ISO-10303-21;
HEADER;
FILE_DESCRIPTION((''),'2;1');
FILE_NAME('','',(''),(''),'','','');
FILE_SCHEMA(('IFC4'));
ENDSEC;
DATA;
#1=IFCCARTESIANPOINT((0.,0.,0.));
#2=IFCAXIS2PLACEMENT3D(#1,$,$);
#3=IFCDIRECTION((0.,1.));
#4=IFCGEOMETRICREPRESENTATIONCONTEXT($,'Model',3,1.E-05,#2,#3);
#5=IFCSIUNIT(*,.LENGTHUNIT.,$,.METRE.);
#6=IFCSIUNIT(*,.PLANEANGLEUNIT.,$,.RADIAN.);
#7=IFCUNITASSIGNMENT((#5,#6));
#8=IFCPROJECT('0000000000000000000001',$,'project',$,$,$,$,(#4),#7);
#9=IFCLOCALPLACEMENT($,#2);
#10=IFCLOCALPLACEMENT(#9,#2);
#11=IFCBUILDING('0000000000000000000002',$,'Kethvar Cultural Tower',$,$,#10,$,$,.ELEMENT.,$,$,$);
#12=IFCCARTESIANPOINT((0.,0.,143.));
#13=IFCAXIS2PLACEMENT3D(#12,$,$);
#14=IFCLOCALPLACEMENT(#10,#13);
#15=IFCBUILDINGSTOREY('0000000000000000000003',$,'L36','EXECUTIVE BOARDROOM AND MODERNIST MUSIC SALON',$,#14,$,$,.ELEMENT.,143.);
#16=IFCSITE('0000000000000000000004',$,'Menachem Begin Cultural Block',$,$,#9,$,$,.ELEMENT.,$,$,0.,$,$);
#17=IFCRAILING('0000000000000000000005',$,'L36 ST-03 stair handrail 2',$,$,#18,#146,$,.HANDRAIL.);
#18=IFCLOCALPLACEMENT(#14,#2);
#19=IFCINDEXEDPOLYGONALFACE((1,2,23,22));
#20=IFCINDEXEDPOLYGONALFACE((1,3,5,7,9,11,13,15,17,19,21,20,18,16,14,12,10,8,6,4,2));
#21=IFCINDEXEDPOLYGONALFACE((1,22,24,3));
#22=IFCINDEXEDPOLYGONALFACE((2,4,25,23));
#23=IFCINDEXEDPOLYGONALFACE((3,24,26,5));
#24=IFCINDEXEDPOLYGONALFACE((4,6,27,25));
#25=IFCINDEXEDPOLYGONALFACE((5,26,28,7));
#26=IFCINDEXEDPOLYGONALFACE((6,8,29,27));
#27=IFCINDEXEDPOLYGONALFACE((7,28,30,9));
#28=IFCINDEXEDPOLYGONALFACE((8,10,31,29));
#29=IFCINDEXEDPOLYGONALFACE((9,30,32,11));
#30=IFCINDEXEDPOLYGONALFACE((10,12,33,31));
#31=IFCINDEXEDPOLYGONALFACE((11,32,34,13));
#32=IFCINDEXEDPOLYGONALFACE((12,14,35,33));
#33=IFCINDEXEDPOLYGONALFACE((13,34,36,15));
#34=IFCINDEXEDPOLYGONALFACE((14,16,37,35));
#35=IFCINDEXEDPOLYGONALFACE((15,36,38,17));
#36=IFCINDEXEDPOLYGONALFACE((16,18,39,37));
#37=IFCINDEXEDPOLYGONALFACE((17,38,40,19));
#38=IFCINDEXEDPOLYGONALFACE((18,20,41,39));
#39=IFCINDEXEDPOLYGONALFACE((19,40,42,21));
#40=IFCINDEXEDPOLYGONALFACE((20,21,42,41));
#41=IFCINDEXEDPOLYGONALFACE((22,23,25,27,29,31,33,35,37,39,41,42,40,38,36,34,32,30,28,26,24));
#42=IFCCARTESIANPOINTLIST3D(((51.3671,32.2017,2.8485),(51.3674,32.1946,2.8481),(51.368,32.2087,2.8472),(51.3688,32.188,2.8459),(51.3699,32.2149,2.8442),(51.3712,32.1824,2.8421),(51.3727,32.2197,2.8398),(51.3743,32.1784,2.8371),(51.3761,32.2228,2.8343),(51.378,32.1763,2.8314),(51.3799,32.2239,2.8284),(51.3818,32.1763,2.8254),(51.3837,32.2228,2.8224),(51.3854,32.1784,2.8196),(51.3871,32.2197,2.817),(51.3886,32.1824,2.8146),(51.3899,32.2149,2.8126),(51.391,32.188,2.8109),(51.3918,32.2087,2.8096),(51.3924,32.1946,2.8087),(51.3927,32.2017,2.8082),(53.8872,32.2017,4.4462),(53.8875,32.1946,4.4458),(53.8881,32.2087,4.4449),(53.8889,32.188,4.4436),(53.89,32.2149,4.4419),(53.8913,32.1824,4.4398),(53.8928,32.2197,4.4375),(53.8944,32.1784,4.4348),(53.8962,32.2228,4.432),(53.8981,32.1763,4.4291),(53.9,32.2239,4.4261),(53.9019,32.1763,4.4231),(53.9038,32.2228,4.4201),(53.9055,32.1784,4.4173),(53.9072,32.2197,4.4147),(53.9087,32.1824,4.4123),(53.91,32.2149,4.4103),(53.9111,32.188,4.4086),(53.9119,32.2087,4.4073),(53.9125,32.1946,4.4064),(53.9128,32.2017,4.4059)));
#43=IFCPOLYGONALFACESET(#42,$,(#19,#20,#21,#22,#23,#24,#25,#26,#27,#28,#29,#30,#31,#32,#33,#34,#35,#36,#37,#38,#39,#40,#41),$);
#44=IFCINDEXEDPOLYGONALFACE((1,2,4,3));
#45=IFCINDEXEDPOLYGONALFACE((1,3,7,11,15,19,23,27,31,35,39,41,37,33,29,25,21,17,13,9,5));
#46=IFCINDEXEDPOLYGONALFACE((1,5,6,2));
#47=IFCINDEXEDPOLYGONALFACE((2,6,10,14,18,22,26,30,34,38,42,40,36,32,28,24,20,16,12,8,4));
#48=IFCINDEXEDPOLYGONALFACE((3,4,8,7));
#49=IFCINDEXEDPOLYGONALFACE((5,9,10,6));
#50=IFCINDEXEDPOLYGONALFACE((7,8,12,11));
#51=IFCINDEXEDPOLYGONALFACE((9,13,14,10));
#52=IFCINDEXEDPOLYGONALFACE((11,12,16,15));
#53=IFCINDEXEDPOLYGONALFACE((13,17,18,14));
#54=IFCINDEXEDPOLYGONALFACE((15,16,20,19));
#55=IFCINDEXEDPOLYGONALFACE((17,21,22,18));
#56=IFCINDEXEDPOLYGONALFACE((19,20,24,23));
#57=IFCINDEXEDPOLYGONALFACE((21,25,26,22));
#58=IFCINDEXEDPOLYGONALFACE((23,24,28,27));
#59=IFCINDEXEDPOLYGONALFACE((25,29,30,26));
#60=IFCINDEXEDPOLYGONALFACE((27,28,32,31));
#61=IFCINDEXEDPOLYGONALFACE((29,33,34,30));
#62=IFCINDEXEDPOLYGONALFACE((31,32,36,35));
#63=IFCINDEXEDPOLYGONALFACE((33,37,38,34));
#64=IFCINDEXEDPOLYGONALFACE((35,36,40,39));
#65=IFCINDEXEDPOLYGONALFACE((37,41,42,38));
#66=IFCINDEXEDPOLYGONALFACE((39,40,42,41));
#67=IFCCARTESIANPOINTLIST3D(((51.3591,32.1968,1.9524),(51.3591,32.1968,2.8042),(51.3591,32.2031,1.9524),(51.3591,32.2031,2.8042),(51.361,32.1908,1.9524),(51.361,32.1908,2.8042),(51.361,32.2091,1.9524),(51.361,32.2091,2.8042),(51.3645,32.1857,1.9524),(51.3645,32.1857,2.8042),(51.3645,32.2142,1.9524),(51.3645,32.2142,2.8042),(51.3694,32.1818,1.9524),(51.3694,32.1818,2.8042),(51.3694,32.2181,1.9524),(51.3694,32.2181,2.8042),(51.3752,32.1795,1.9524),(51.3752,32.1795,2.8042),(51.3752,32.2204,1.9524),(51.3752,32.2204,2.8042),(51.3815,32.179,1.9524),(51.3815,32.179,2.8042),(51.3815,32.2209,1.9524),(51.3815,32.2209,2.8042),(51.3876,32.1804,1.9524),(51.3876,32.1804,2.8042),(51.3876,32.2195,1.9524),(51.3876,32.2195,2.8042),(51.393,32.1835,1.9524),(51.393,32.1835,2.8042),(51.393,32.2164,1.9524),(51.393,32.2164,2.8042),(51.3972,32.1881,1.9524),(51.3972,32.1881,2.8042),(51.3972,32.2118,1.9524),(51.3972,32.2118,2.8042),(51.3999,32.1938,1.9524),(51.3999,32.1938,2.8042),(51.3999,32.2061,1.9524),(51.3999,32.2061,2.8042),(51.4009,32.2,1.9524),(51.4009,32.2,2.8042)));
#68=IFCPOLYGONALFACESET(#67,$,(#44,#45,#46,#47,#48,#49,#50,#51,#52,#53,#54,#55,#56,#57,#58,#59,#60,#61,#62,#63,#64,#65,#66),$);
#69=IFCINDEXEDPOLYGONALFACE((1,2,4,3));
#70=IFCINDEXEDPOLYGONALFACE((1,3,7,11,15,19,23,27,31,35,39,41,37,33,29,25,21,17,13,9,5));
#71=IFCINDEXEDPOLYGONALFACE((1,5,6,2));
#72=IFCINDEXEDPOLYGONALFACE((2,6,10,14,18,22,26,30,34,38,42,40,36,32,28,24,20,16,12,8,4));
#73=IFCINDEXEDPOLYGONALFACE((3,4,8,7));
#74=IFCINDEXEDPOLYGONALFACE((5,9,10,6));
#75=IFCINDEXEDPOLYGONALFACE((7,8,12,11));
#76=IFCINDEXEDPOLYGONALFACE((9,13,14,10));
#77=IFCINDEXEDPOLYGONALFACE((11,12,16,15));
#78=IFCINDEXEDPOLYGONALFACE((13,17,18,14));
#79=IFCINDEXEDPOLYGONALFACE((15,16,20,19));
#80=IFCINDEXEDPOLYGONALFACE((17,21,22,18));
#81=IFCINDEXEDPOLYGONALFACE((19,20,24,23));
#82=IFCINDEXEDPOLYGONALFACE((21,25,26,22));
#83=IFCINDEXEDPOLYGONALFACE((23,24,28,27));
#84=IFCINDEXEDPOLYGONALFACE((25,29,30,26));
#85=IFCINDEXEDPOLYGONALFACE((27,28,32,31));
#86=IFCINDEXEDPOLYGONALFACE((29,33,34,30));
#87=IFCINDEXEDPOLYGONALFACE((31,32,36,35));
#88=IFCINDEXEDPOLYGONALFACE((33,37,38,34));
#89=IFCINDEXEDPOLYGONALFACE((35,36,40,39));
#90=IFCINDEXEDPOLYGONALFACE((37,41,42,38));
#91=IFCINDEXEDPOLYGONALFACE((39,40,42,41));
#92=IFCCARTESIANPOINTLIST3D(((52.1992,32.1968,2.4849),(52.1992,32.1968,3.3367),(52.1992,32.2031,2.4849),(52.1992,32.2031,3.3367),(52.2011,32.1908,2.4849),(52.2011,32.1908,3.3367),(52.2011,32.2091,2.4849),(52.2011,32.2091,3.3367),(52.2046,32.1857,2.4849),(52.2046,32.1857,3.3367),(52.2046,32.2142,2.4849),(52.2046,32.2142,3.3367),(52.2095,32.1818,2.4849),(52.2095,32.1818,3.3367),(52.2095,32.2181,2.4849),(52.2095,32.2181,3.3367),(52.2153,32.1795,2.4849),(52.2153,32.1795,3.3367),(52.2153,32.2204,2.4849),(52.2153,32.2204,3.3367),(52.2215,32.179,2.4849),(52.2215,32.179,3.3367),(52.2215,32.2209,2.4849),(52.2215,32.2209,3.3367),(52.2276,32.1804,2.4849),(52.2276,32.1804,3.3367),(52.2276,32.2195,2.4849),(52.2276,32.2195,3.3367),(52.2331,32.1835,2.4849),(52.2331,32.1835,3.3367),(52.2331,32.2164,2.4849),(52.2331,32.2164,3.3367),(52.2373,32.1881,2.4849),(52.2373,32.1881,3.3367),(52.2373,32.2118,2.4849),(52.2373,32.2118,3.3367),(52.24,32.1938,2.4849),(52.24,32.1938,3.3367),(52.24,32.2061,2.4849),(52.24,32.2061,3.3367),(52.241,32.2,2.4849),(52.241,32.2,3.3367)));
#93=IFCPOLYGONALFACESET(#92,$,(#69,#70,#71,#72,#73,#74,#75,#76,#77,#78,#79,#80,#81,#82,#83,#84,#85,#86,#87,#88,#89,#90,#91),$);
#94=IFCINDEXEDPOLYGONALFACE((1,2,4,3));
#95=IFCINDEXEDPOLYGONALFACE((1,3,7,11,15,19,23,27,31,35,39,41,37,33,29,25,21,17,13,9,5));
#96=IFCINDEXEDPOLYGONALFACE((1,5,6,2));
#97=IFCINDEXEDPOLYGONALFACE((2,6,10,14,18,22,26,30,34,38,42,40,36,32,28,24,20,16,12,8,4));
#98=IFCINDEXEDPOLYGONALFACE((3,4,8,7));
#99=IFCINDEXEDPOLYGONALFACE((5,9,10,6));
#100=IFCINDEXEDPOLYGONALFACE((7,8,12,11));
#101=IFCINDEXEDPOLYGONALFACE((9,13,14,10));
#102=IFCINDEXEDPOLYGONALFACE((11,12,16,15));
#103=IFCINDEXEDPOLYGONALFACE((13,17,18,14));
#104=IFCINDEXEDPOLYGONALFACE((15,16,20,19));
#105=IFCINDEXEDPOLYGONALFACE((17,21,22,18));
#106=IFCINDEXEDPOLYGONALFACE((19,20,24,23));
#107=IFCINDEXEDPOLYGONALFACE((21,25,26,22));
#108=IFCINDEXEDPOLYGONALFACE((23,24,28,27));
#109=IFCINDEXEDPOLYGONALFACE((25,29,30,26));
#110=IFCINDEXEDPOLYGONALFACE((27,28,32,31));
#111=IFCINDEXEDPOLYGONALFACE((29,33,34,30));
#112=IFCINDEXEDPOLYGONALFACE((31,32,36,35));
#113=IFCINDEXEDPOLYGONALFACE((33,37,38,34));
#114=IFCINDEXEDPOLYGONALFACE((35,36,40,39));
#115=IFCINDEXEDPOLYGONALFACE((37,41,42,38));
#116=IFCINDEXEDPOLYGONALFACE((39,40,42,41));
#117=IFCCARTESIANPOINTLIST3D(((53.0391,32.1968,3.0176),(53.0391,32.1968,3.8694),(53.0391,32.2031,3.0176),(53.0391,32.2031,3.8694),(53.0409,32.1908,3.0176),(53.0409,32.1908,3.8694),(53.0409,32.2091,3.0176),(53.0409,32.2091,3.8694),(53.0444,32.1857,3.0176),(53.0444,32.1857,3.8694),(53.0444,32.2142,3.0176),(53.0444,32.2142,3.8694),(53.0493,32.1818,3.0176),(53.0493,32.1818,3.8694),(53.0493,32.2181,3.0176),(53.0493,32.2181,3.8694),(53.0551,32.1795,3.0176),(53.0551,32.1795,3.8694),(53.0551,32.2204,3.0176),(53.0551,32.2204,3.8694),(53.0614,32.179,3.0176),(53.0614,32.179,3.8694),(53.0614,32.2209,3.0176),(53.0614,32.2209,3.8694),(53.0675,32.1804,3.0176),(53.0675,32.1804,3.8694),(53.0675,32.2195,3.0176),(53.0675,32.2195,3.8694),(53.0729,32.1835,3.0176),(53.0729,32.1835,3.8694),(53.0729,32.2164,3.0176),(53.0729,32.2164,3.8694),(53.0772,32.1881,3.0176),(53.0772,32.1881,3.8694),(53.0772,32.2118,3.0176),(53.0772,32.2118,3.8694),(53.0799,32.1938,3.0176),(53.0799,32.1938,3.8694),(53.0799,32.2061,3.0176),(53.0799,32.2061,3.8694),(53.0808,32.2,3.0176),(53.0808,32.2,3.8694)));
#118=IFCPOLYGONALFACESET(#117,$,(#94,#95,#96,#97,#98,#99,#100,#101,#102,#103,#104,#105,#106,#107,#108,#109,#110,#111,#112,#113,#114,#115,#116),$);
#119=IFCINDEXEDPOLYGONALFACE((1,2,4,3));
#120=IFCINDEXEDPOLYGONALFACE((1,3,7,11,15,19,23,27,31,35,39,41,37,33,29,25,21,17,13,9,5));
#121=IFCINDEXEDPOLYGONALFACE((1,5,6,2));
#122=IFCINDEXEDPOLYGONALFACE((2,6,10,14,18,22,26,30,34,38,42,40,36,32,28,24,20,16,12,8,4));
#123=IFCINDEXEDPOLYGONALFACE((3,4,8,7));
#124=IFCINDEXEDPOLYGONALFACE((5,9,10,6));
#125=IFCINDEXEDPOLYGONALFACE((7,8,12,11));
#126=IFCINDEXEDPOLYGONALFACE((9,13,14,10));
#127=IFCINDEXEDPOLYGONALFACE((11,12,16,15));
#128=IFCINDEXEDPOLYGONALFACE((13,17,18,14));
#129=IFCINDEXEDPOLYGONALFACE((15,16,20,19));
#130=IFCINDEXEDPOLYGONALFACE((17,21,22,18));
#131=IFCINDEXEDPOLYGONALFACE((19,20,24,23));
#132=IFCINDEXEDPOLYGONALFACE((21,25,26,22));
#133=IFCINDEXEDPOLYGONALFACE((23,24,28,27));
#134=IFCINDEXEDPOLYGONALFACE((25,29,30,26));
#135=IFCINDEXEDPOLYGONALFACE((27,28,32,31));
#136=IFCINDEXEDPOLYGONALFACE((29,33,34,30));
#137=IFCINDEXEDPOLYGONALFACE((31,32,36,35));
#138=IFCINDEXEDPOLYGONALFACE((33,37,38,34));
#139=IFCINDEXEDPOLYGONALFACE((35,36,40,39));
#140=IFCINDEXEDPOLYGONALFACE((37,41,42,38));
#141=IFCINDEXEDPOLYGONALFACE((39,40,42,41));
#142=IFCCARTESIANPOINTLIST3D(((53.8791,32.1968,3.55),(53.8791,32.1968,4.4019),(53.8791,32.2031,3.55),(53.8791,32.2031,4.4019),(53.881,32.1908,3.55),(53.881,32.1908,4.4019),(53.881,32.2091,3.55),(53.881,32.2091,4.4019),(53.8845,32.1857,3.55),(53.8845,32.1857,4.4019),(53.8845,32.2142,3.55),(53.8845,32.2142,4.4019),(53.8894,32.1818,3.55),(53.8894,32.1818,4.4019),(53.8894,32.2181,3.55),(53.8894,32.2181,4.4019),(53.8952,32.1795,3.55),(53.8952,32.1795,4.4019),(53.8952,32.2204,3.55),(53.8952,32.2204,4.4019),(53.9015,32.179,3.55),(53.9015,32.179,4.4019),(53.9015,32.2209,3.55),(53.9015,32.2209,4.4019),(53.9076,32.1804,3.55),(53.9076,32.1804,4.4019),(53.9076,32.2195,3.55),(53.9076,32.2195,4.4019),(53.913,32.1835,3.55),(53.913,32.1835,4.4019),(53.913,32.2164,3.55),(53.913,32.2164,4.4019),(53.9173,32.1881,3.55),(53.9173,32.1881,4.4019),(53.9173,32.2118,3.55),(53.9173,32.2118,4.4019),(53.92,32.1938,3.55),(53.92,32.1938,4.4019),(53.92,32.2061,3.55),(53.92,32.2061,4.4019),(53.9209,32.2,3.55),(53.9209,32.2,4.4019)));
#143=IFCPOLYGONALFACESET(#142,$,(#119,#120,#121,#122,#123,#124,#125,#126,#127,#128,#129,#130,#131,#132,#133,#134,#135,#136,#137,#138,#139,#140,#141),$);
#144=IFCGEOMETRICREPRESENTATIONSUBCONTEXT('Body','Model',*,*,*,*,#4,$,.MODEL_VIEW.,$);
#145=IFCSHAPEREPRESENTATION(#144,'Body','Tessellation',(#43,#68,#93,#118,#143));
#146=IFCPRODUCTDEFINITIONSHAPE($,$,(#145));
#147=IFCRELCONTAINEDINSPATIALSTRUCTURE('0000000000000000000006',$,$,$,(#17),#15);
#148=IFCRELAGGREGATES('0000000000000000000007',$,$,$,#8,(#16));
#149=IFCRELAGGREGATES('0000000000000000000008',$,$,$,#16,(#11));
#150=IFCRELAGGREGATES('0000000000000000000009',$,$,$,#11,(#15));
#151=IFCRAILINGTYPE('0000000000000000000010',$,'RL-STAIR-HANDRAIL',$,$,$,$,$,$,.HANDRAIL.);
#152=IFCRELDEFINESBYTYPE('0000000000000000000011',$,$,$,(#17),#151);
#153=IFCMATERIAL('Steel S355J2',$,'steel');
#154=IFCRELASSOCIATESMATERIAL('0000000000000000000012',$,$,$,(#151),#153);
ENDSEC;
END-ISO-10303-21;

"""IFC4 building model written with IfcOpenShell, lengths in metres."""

from ifc_helpers import new_model, si_unit, direction, frame, origin, origin_2d, place, context, subcontext, project, spatial, circle, extrude, material, type_object, element, save


model = new_model("IFC4")

# Units and contexts
model_context = context("Model", 3, precision=1e-05, world=origin(), true_north=direction((0.0, 1.0)))
body_context = subcontext(model_context, "Body", "Model", "MODEL_VIEW")
ifc_project = project(units=[si_unit("LENGTHUNIT", "METRE"), si_unit("PLANEANGLEUNIT", "RADIAN")], contexts=[model_context])

# Site, building, storey
site_placement = place(None, origin())
site = spatial("IfcSite", under=ifc_project, at=site_placement, Name="Menachem Begin Cultural Block", CompositionType="ELEMENT", RefElevation=0.0)
building_placement = place(site_placement, origin())
building = spatial("IfcBuilding", under=site, at=building_placement, Name="Kethvar Cultural Tower", CompositionType="ELEMENT")
storey_placement = place(building_placement, frame((0.0, 0.0, 143.0)))
storey = spatial("IfcBuildingStorey", under=building, at=storey_placement, Name="L36", Description="EXECUTIVE BOARDROOM AND MODERNIST MUSIC SALON", CompositionType="ELEMENT", Elevation=143.0)

# Shared definitions
ifc_material_1 = material(Name="Steel S355J2", Category="steel")

# Railing
railing_type_1 = type_object("IfcRailingType", Name="RL-STAIR-HANDRAIL", PredefinedType="HANDRAIL", material=ifc_material_1)
railing_1_placement = place(storey_placement, frame((51.3799, 32.2, 1.9524)))
element("IfcRailing", 1, at=railing_1_placement, inside=storey, type_object=railing_type_1, Name="L36 ST-03 stair handrail 2", PredefinedType="HANDRAIL", context=body_context, shape_type="SweptSolid", body=[
    extrude(circle(Radius=0.0239, at=origin_2d()), frame((0.0, 0.0, 0.876), z_axis=(0.84457, 0.0, 0.535445), x_axis=(0.0, 1.0, 0.0)), (0.0, 0.0, 1.0), 2.9839),
    extrude(circle(Radius=0.021, at=origin_2d()), origin(), (0.0, 0.0, 1.0), 0.8518),
    extrude(circle(Radius=0.021, at=origin_2d()), frame((0.8401, 0.0, 0.5325)), (0.0, 0.0, 1.0), 0.8518),
    extrude(circle(Radius=0.021, at=origin_2d()), frame((1.6799, 0.0, 1.0652)), (0.0, 0.0, 1.0), 0.8518),
    extrude(circle(Radius=0.021, at=origin_2d()), frame((2.52, 0.0, 1.5977)), (0.0, 0.0, 1.0), 0.8518),
])

save(model, "model.ifc")
